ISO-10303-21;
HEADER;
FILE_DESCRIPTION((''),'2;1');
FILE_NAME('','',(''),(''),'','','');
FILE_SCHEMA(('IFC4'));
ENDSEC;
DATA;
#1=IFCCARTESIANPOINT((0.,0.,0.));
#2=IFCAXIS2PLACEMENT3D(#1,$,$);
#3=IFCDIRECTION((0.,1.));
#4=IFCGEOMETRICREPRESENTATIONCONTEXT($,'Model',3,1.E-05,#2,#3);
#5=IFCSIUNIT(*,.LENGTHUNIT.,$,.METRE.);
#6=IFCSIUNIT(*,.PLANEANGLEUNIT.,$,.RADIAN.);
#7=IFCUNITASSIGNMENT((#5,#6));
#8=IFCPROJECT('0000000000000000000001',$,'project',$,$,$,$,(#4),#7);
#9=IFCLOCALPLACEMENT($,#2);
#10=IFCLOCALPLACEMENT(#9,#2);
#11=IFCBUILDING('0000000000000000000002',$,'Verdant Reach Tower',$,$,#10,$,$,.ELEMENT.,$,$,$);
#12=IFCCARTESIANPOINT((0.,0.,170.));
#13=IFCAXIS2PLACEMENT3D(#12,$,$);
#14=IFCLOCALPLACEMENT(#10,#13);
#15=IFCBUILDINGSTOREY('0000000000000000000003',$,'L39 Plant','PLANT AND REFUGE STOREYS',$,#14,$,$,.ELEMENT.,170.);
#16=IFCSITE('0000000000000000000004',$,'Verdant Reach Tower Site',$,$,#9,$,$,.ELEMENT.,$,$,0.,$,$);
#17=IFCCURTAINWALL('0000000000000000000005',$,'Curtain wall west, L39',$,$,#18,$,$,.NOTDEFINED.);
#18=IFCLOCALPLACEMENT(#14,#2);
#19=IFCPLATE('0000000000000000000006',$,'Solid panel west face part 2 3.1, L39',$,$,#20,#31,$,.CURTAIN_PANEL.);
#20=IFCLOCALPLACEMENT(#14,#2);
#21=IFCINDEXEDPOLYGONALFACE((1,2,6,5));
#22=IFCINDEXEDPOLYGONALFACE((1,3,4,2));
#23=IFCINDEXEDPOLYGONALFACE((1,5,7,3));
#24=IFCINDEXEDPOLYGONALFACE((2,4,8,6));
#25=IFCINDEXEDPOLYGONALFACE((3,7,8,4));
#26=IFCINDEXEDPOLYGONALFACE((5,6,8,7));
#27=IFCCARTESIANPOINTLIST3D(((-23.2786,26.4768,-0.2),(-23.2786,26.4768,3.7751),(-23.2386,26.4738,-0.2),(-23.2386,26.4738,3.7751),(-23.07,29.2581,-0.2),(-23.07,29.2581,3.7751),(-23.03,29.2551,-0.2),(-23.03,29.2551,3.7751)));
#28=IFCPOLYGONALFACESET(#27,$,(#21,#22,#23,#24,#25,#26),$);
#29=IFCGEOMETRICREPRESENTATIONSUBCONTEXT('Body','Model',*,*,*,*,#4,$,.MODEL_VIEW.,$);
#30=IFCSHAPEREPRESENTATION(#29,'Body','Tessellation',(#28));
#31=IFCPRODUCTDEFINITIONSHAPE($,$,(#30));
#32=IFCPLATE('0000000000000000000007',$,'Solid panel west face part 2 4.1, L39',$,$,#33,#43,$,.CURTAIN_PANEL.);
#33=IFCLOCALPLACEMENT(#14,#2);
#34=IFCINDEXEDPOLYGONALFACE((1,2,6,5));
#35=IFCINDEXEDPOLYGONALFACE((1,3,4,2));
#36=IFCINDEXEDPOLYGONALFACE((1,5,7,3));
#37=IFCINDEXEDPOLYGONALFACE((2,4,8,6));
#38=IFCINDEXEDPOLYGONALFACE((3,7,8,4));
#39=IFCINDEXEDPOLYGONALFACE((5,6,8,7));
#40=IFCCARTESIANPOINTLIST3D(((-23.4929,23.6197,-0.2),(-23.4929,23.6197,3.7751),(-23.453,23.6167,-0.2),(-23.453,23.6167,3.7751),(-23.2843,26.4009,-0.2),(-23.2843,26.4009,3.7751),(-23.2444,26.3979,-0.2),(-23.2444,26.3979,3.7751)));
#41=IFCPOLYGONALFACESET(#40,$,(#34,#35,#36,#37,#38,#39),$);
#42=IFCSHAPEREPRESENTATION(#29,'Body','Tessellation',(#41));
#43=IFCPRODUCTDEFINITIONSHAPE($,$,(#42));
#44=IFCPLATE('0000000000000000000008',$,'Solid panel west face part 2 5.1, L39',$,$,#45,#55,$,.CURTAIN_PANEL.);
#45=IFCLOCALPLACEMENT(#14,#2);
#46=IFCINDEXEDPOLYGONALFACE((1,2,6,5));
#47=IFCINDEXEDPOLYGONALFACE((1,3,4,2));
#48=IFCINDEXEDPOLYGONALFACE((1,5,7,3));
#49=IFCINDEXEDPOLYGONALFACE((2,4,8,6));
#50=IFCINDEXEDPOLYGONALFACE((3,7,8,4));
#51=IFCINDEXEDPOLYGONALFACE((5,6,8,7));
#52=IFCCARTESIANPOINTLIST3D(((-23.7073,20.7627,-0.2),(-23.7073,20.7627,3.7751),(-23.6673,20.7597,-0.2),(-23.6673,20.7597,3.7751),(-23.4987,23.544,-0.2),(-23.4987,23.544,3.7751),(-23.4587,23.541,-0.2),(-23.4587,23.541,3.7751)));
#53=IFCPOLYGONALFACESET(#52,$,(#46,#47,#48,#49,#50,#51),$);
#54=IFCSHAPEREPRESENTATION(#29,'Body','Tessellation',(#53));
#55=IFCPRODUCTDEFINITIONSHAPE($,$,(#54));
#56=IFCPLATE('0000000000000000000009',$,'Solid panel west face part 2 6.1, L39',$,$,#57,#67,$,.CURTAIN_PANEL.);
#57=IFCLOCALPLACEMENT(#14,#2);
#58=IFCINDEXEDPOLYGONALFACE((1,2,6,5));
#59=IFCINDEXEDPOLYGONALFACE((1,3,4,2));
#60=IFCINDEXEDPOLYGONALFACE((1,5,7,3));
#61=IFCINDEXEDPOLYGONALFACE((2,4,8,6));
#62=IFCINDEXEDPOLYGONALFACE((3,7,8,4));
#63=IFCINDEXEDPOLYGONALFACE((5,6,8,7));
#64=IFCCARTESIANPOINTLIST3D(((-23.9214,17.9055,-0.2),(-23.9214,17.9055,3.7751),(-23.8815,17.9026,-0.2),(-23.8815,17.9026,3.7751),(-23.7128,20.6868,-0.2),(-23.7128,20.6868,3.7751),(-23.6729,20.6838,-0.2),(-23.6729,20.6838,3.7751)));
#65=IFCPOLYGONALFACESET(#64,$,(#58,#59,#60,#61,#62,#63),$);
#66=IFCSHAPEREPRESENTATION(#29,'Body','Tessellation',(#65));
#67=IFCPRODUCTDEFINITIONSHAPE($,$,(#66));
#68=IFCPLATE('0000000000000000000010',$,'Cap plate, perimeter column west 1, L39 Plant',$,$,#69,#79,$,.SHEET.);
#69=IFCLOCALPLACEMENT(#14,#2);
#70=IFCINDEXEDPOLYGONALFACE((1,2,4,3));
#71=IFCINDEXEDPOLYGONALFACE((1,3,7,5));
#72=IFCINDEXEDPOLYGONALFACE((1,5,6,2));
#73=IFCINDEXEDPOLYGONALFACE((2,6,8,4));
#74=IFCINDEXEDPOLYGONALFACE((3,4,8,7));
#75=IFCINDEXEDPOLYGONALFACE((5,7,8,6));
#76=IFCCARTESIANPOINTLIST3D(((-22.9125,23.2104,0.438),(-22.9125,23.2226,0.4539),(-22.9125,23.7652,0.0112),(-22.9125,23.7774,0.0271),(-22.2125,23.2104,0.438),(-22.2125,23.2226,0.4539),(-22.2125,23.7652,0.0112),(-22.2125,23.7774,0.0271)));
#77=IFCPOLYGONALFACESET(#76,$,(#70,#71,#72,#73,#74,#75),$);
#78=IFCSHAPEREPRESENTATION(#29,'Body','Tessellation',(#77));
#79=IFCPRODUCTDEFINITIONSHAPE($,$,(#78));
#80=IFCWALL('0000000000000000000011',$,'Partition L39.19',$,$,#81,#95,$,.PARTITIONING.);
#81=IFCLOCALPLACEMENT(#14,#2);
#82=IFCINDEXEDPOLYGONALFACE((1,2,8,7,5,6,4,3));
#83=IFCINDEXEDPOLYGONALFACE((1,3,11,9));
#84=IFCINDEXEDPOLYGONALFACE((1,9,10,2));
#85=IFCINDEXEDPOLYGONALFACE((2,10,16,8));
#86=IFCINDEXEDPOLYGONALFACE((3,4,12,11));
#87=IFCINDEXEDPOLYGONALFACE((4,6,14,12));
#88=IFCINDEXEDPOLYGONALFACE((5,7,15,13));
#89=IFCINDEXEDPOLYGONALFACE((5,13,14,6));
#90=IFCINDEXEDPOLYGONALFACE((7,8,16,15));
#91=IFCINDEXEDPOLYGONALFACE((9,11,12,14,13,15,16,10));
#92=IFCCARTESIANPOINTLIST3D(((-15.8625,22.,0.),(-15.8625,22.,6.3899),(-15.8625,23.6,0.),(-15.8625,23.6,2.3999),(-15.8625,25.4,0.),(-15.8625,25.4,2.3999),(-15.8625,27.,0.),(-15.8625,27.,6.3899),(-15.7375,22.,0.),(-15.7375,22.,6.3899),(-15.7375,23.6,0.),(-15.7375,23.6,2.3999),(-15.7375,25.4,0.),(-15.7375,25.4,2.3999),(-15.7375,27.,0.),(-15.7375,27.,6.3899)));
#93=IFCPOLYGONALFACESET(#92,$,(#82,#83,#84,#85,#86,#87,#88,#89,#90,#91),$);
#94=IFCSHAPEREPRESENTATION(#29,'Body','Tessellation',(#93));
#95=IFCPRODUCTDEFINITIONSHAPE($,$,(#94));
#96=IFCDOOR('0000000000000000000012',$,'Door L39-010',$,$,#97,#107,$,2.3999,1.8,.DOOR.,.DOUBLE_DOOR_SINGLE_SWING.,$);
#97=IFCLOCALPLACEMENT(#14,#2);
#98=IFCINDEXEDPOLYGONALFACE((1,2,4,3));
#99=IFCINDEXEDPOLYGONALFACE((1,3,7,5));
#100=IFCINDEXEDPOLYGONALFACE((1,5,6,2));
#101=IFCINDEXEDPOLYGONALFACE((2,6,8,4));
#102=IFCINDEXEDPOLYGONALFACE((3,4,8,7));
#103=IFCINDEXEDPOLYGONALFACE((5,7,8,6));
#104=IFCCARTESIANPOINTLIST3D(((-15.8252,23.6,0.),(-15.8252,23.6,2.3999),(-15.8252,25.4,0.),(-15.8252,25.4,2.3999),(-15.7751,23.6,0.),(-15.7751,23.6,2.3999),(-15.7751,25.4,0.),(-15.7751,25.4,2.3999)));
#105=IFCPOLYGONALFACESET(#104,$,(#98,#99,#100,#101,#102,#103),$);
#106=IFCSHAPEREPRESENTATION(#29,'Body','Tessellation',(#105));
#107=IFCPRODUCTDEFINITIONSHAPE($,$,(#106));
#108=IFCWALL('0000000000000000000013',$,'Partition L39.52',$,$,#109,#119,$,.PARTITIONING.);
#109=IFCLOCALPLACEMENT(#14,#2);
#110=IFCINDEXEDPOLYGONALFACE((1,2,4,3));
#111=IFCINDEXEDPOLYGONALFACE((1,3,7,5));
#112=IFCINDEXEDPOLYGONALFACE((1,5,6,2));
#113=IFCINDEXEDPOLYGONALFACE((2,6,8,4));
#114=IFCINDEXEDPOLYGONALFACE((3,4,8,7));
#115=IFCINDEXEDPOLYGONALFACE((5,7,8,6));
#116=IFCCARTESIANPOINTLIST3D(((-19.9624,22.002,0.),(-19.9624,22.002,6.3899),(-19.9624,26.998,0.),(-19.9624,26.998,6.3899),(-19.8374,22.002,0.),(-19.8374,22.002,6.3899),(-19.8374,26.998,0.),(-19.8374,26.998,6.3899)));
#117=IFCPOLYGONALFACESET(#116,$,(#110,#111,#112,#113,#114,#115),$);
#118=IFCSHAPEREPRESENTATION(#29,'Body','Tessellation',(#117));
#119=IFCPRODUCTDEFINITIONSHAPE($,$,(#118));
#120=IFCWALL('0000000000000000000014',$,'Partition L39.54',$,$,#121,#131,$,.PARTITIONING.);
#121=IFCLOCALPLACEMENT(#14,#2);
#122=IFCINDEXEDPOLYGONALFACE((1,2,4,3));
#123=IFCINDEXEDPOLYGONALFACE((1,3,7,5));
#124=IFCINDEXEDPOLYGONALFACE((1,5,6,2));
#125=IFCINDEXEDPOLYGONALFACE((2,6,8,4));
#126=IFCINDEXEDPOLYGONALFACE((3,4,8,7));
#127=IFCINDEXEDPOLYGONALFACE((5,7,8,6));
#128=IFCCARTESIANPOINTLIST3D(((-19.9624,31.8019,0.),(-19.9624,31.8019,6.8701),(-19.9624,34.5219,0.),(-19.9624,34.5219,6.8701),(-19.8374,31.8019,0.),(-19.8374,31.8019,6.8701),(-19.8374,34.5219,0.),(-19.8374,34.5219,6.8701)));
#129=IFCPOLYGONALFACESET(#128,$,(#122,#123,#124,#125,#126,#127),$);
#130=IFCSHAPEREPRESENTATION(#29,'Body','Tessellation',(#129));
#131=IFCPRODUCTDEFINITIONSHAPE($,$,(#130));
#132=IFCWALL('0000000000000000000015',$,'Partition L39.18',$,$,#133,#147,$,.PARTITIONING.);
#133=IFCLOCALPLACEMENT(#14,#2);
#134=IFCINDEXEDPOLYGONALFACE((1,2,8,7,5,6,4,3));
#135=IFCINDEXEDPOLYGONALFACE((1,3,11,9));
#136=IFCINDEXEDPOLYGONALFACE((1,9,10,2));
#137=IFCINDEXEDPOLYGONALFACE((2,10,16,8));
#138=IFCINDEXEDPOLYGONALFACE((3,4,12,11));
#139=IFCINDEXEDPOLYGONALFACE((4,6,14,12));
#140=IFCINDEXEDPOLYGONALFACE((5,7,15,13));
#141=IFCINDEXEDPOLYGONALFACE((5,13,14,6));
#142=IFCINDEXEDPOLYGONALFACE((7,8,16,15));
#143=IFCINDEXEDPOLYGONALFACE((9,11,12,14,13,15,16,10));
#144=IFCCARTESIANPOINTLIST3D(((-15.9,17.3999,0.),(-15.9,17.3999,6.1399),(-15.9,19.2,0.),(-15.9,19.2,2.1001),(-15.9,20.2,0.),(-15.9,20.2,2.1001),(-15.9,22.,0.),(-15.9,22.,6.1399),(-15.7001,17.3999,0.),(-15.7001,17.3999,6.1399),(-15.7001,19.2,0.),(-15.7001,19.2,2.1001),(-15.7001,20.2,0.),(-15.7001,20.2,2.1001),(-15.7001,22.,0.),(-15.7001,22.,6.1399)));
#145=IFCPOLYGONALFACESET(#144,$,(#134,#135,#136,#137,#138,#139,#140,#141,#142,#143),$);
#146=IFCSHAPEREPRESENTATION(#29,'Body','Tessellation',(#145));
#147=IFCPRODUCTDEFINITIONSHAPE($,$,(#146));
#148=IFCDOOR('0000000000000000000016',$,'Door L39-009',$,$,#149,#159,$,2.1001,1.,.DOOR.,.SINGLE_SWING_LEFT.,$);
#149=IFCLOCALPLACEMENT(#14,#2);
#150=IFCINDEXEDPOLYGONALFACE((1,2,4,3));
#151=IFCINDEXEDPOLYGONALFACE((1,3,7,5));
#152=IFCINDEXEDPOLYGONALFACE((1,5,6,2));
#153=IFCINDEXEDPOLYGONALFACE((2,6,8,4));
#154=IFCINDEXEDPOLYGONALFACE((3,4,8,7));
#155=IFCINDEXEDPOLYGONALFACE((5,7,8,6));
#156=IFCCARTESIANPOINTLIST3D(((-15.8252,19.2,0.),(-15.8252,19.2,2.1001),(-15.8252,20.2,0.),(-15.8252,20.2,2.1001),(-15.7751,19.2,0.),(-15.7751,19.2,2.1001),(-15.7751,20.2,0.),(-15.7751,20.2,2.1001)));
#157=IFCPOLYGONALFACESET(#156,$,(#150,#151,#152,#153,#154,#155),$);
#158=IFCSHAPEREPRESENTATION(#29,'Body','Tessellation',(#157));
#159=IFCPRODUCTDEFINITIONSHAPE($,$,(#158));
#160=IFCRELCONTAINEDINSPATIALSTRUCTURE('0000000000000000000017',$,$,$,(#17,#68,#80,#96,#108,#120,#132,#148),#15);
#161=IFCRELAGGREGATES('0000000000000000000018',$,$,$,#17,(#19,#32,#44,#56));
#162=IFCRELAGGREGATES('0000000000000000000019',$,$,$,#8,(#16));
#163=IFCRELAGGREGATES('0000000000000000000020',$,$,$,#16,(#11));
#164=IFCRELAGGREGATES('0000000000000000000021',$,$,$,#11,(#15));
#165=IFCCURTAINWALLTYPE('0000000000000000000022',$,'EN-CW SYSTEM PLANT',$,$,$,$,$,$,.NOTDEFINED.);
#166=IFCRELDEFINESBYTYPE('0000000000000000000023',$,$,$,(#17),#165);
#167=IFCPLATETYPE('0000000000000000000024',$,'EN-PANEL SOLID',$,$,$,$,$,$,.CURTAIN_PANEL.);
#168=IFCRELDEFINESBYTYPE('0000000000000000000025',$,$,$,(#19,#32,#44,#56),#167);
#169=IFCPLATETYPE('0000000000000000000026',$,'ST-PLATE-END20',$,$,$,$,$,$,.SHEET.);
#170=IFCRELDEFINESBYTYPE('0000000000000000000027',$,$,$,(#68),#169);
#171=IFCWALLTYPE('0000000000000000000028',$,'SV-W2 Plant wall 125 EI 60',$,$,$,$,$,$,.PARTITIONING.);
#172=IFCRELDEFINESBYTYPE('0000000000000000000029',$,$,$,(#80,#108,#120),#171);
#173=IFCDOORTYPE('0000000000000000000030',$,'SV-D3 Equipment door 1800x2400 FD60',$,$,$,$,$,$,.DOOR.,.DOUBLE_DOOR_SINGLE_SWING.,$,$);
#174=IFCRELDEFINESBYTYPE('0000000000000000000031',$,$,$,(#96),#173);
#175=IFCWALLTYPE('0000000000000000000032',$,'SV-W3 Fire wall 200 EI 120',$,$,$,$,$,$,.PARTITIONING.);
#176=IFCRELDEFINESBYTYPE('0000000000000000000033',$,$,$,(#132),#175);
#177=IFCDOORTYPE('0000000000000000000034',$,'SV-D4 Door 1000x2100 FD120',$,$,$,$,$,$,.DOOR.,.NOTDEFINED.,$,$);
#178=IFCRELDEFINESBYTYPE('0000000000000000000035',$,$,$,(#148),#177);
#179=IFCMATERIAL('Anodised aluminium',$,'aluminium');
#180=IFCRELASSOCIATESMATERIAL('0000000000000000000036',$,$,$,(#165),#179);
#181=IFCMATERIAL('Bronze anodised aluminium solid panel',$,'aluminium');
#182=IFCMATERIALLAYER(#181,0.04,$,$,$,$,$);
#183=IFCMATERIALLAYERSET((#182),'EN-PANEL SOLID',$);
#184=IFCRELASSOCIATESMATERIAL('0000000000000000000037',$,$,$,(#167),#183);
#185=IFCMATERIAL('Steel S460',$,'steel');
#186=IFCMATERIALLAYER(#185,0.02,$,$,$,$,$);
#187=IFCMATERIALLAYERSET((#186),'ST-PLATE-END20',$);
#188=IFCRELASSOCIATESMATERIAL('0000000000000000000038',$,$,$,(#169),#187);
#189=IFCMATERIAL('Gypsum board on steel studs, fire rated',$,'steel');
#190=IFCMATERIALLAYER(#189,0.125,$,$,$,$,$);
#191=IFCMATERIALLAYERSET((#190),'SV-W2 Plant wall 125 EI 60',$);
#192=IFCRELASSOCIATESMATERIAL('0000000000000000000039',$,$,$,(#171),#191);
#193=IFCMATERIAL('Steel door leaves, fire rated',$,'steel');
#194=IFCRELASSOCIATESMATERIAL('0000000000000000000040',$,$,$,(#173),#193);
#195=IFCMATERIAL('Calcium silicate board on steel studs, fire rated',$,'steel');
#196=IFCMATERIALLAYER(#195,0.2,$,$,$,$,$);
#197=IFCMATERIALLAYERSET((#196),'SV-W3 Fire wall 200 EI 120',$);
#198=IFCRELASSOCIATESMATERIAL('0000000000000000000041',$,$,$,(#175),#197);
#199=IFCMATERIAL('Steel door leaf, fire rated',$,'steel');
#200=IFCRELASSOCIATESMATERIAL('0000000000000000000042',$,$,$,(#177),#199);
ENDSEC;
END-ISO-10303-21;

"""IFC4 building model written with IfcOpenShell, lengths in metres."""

from ifc_helpers import new_model, si_unit, direction, frame, frame_2d, origin, origin_2d, place, context, subcontext, project, spatial, rectangle, extrude, material, layer, layer_set, type_object, element, fill, aggregate, save


model = new_model("IFC4")

# Units and contexts
model_context = context("Model", 3, precision=1e-05, world=origin(), true_north=direction((0.0, 1.0)))
body_context = subcontext(model_context, "Body", "Model", "MODEL_VIEW")
ifc_project = project(units=[si_unit("LENGTHUNIT", "METRE"), si_unit("PLANEANGLEUNIT", "RADIAN")], contexts=[model_context])

# Site, building, storey
site_placement = place(None, origin())
site = spatial("IfcSite", under=ifc_project, at=site_placement, Name="Verdant Reach Tower Site", CompositionType="ELEMENT", RefElevation=0.0)
building_placement = place(site_placement, origin())
building = spatial("IfcBuilding", under=site, at=building_placement, Name="Verdant Reach Tower", CompositionType="ELEMENT")
storey_placement = place(building_placement, frame((0.0, 0.0, 170.0)))
storey = spatial("IfcBuildingStorey", under=building, at=storey_placement, Name="L39 Plant", Description="PLANT AND REFUGE STOREYS", CompositionType="ELEMENT", Elevation=170.0)

# Shared definitions
ifc_material_1 = material(Name="Steel S460", Category="steel")

# Curtain wall
ifc_material_2 = material(Name="Anodised aluminium", Category="aluminium")
curtain_wall_type = type_object("IfcCurtainWallType", Name="EN-CW SYSTEM PLANT", PredefinedType="NOTDEFINED", material=ifc_material_2)
curtain_wall_placement = place(storey_placement, origin())
curtain_wall = element("IfcCurtainWall", 1, at=curtain_wall_placement, inside=storey, type_object=curtain_wall_type, Name="Curtain wall west, L39", PredefinedType="NOTDEFINED")

# Plates
ifc_material_3 = material(Name="Bronze anodised aluminium solid panel", Category="aluminium")
ifc_layer_1 = layer(ifc_material_3, 0.04)
ifc_layer_set_1 = layer_set([ifc_layer_1], Name="EN-PANEL SOLID")
plate_type_1 = type_object("IfcPlateType", Name="EN-PANEL SOLID", PredefinedType="CURTAIN_PANEL", material=ifc_layer_set_1)
plate_1_placement = place(storey_placement, frame((-23.1543, 27.866, -0.2), z_axis=(0.0, 0.0, 1.0), x_axis=(-0.07479, -0.997199, 0.0)))
plate_1 = element("IfcPlate", 2, at=plate_1_placement, type_object=plate_type_1, Name="Solid panel west face part 2 3.1, L39", PredefinedType="CURTAIN_PANEL", context=body_context, shape_type="SweptSolid", body=[
    extrude(rectangle(XDim=2.7891, YDim=0.04, at=origin_2d()), origin(), (0.0, 0.0, 1.0), 3.9751),
])
plate_2_placement = place(storey_placement, frame((-23.3687, 25.0088, -0.2), z_axis=(0.0, 0.0, 1.0), x_axis=(-0.07479, -0.997199, 0.0)))
plate_2 = element("IfcPlate", 3, at=plate_2_placement, type_object=plate_type_1, Name="Solid panel west face part 2 4.1, L39", PredefinedType="CURTAIN_PANEL", context=body_context, shape_type="SweptSolid", body=[
    extrude(rectangle(XDim=2.7891, YDim=0.04, at=origin_2d()), origin(), (0.0, 0.0, 1.0), 3.9751),
])
plate_3_placement = place(storey_placement, frame((-23.583, 22.1519, -0.2), z_axis=(0.0, 0.0, 1.0), x_axis=(-0.07479, -0.997199, 0.0)))
plate_3 = element("IfcPlate", 4, at=plate_3_placement, type_object=plate_type_1, Name="Solid panel west face part 2 5.1, L39", PredefinedType="CURTAIN_PANEL", context=body_context, shape_type="SweptSolid", body=[
    extrude(rectangle(XDim=2.7891, YDim=0.04, at=origin_2d()), origin(), (0.0, 0.0, 1.0), 3.9751),
])
plate_4_placement = place(storey_placement, frame((-23.7971, 19.2947, -0.2), z_axis=(0.0, 0.0, 1.0), x_axis=(-0.07479, -0.997199, 0.0)))
plate_4 = element("IfcPlate", 5, at=plate_4_placement, type_object=plate_type_1, Name="Solid panel west face part 2 6.1, L39", PredefinedType="CURTAIN_PANEL", context=body_context, shape_type="SweptSolid", body=[
    extrude(rectangle(XDim=2.7891, YDim=0.04, at=origin_2d()), origin(), (0.0, 0.0, 1.0), 3.9751),
])
ifc_layer_2 = layer(ifc_material_1, 0.02)
ifc_layer_set_2 = layer_set([ifc_layer_2], Name="ST-PLATE-END20")
plate_type_2 = type_object("IfcPlateType", Name="ST-PLATE-END20", PredefinedType="SHEET", material=ifc_layer_set_2)
plate_5_placement = place(storey_placement, frame((-22.5625, 23.4878, 0.2246), z_axis=(0.0, 0.609711, 0.792624), x_axis=(-1.0, 0.0, 0.0)))
element("IfcPlate", 6, at=plate_5_placement, inside=storey, type_object=plate_type_2, Name="Cap plate, perimeter column west 1, L39 Plant", PredefinedType="SHEET", context=body_context, shape_type="SweptSolid", body=[
    extrude(rectangle(XDim=0.7, YDim=0.7, at=origin_2d()), origin(), (0.0, 0.0, 1.0), 0.02),
])

# Wall, opening, door
ifc_material_4 = material(Name="Gypsum board on steel studs, fire rated", Category="steel")
ifc_layer_3 = layer(ifc_material_4, 0.125)
ifc_layer_set_3 = layer_set([ifc_layer_3], Name="SV-W2 Plant wall 125 EI 60")
wall_type_1 = type_object("IfcWallType", Name="SV-W2 Plant wall 125 EI 60", PredefinedType="PARTITIONING", material=ifc_layer_set_3)
wall_1_placement = place(storey_placement, frame((-15.8, 27.0, 0.0), z_axis=(0.0, 0.0, 1.0), x_axis=(0.0, -1.0, 0.0)))
wall_1 = element("IfcWall", 7, at=wall_1_placement, inside=storey, type_object=wall_type_1, Name="Partition L39.19", PredefinedType="PARTITIONING", context=body_context, shape_type="SweptSolid", body=[
    extrude(rectangle(XDim=5.0, YDim=0.125, at=frame_2d((2.5, 0.0))), origin(), (0.0, 0.0, 1.0), 6.3899),
])
opening_1_placement = place(wall_1_placement, frame((1.6001, 0.0, 0.0)))
opening_1 = element("IfcOpeningElement", 8, at=opening_1_placement, cuts=wall_1, PredefinedType="OPENING", context=body_context, shape_type="SweptSolid", body=[
    extrude(rectangle(XDim=1.8, YDim=2.3999, at=frame_2d((0.8999, 1.2))), frame((0.0, 0.0725, 0.0), z_axis=(0.0, -1.0, 0.0), x_axis=(1.0, 0.0, 0.0)), (0.0, 0.0, 1.0), 0.145),
])
ifc_material_5 = material(Name="Steel door leaves, fire rated", Category="steel")
door_type_1 = type_object("IfcDoorType", Name="SV-D3 Equipment door 1800x2400 FD60", OperationType="DOUBLE_DOOR_SINGLE_SWING", PredefinedType="DOOR", material=ifc_material_5)
door_1_placement = place(opening_1_placement, origin())
door_1 = element("IfcDoor", 9, at=door_1_placement, inside=storey, type_object=door_type_1, Name="Door L39-010", OperationType="DOUBLE_DOOR_SINGLE_SWING", OverallHeight=2.3999, OverallWidth=1.8, PredefinedType="DOOR", context=body_context, shape_type="SweptSolid", body=[
    extrude(rectangle(XDim=1.8, YDim=2.3999, at=frame_2d((0.8999, 1.2))), frame((0.0, 0.0249, 0.0), z_axis=(0.0, -1.0, 0.0), x_axis=(1.0, 0.0, 0.0)), (0.0, 0.0, 1.0), 0.05),
])
fill(opening_1, door_1)

# Walls
wall_2_placement = place(storey_placement, frame((-19.8999, 22.002, 0.0), z_axis=(0.0, 0.0, 1.0), x_axis=(0.0, 1.0, 0.0)))
element("IfcWall", 10, at=wall_2_placement, inside=storey, type_object=wall_type_1, Name="Partition L39.52", PredefinedType="PARTITIONING", context=body_context, shape_type="SweptSolid", body=[
    extrude(rectangle(XDim=4.9961, YDim=0.125, at=frame_2d((2.498, 0.0))), origin(), (0.0, 0.0, 1.0), 6.3899),
])
wall_3_placement = place(storey_placement, frame((-19.8999, 31.802, 0.0), z_axis=(0.0, 0.0, 1.0), x_axis=(0.0, 1.0, 0.0)))
element("IfcWall", 11, at=wall_3_placement, inside=storey, type_object=wall_type_1, Name="Partition L39.54", PredefinedType="PARTITIONING", context=body_context, shape_type="SweptSolid", body=[
    extrude(rectangle(XDim=2.72, YDim=0.125, at=frame_2d((1.3599, 0.0))), origin(), (0.0, 0.0, 1.0), 6.8701),
])

# Wall, opening, door
ifc_material_6 = material(Name="Calcium silicate board on steel studs, fire rated", Category="steel")
ifc_layer_4 = layer(ifc_material_6, 0.2)
ifc_layer_set_4 = layer_set([ifc_layer_4], Name="SV-W3 Fire wall 200 EI 120")
wall_type_2 = type_object("IfcWallType", Name="SV-W3 Fire wall 200 EI 120", PredefinedType="PARTITIONING", material=ifc_layer_set_4)
wall_4_placement = place(storey_placement, frame((-15.8, 22.0, 0.0), z_axis=(0.0, 0.0, 1.0), x_axis=(0.0, -1.0, 0.0)))
wall_4 = element("IfcWall", 12, at=wall_4_placement, inside=storey, type_object=wall_type_2, Name="Partition L39.18", PredefinedType="PARTITIONING", context=body_context, shape_type="SweptSolid", body=[
    extrude(rectangle(XDim=4.6001, YDim=0.2, at=frame_2d((2.3, 0.0))), origin(), (0.0, 0.0, 1.0), 6.1399),
])
opening_2_placement = place(wall_4_placement, frame((1.8, 0.0, 0.0)))
opening_2 = element("IfcOpeningElement", 13, at=opening_2_placement, cuts=wall_4, PredefinedType="OPENING", context=body_context, shape_type="SweptSolid", body=[
    extrude(rectangle(XDim=1.0, YDim=2.1001, at=frame_2d((0.5, 1.05))), frame((0.0, 0.1099, 0.0), z_axis=(0.0, -1.0, 0.0), x_axis=(1.0, 0.0, 0.0)), (0.0, 0.0, 1.0), 0.22),
])
ifc_material_7 = material(Name="Steel door leaf, fire rated", Category="steel")
door_type_2 = type_object("IfcDoorType", Name="SV-D4 Door 1000x2100 FD120", OperationType="NOTDEFINED", PredefinedType="DOOR", material=ifc_material_7)
door_2_placement = place(opening_2_placement, origin())
door_2 = element("IfcDoor", 14, at=door_2_placement, inside=storey, type_object=door_type_2, Name="Door L39-009", OperationType="SINGLE_SWING_LEFT", OverallHeight=2.1001, OverallWidth=1.0, PredefinedType="DOOR", context=body_context, shape_type="SweptSolid", body=[
    extrude(rectangle(XDim=1.0, YDim=2.1001, at=frame_2d((0.5, 1.05))), frame((0.0, 0.0249, 0.0), z_axis=(0.0, -1.0, 0.0), x_axis=(1.0, 0.0, 0.0)), (0.0, 0.0, 1.0), 0.05),
])
fill(opening_2, door_2)

aggregate(curtain_wall, [plate_1, plate_2, plate_3, plate_4])

save(model, "model.ifc")
